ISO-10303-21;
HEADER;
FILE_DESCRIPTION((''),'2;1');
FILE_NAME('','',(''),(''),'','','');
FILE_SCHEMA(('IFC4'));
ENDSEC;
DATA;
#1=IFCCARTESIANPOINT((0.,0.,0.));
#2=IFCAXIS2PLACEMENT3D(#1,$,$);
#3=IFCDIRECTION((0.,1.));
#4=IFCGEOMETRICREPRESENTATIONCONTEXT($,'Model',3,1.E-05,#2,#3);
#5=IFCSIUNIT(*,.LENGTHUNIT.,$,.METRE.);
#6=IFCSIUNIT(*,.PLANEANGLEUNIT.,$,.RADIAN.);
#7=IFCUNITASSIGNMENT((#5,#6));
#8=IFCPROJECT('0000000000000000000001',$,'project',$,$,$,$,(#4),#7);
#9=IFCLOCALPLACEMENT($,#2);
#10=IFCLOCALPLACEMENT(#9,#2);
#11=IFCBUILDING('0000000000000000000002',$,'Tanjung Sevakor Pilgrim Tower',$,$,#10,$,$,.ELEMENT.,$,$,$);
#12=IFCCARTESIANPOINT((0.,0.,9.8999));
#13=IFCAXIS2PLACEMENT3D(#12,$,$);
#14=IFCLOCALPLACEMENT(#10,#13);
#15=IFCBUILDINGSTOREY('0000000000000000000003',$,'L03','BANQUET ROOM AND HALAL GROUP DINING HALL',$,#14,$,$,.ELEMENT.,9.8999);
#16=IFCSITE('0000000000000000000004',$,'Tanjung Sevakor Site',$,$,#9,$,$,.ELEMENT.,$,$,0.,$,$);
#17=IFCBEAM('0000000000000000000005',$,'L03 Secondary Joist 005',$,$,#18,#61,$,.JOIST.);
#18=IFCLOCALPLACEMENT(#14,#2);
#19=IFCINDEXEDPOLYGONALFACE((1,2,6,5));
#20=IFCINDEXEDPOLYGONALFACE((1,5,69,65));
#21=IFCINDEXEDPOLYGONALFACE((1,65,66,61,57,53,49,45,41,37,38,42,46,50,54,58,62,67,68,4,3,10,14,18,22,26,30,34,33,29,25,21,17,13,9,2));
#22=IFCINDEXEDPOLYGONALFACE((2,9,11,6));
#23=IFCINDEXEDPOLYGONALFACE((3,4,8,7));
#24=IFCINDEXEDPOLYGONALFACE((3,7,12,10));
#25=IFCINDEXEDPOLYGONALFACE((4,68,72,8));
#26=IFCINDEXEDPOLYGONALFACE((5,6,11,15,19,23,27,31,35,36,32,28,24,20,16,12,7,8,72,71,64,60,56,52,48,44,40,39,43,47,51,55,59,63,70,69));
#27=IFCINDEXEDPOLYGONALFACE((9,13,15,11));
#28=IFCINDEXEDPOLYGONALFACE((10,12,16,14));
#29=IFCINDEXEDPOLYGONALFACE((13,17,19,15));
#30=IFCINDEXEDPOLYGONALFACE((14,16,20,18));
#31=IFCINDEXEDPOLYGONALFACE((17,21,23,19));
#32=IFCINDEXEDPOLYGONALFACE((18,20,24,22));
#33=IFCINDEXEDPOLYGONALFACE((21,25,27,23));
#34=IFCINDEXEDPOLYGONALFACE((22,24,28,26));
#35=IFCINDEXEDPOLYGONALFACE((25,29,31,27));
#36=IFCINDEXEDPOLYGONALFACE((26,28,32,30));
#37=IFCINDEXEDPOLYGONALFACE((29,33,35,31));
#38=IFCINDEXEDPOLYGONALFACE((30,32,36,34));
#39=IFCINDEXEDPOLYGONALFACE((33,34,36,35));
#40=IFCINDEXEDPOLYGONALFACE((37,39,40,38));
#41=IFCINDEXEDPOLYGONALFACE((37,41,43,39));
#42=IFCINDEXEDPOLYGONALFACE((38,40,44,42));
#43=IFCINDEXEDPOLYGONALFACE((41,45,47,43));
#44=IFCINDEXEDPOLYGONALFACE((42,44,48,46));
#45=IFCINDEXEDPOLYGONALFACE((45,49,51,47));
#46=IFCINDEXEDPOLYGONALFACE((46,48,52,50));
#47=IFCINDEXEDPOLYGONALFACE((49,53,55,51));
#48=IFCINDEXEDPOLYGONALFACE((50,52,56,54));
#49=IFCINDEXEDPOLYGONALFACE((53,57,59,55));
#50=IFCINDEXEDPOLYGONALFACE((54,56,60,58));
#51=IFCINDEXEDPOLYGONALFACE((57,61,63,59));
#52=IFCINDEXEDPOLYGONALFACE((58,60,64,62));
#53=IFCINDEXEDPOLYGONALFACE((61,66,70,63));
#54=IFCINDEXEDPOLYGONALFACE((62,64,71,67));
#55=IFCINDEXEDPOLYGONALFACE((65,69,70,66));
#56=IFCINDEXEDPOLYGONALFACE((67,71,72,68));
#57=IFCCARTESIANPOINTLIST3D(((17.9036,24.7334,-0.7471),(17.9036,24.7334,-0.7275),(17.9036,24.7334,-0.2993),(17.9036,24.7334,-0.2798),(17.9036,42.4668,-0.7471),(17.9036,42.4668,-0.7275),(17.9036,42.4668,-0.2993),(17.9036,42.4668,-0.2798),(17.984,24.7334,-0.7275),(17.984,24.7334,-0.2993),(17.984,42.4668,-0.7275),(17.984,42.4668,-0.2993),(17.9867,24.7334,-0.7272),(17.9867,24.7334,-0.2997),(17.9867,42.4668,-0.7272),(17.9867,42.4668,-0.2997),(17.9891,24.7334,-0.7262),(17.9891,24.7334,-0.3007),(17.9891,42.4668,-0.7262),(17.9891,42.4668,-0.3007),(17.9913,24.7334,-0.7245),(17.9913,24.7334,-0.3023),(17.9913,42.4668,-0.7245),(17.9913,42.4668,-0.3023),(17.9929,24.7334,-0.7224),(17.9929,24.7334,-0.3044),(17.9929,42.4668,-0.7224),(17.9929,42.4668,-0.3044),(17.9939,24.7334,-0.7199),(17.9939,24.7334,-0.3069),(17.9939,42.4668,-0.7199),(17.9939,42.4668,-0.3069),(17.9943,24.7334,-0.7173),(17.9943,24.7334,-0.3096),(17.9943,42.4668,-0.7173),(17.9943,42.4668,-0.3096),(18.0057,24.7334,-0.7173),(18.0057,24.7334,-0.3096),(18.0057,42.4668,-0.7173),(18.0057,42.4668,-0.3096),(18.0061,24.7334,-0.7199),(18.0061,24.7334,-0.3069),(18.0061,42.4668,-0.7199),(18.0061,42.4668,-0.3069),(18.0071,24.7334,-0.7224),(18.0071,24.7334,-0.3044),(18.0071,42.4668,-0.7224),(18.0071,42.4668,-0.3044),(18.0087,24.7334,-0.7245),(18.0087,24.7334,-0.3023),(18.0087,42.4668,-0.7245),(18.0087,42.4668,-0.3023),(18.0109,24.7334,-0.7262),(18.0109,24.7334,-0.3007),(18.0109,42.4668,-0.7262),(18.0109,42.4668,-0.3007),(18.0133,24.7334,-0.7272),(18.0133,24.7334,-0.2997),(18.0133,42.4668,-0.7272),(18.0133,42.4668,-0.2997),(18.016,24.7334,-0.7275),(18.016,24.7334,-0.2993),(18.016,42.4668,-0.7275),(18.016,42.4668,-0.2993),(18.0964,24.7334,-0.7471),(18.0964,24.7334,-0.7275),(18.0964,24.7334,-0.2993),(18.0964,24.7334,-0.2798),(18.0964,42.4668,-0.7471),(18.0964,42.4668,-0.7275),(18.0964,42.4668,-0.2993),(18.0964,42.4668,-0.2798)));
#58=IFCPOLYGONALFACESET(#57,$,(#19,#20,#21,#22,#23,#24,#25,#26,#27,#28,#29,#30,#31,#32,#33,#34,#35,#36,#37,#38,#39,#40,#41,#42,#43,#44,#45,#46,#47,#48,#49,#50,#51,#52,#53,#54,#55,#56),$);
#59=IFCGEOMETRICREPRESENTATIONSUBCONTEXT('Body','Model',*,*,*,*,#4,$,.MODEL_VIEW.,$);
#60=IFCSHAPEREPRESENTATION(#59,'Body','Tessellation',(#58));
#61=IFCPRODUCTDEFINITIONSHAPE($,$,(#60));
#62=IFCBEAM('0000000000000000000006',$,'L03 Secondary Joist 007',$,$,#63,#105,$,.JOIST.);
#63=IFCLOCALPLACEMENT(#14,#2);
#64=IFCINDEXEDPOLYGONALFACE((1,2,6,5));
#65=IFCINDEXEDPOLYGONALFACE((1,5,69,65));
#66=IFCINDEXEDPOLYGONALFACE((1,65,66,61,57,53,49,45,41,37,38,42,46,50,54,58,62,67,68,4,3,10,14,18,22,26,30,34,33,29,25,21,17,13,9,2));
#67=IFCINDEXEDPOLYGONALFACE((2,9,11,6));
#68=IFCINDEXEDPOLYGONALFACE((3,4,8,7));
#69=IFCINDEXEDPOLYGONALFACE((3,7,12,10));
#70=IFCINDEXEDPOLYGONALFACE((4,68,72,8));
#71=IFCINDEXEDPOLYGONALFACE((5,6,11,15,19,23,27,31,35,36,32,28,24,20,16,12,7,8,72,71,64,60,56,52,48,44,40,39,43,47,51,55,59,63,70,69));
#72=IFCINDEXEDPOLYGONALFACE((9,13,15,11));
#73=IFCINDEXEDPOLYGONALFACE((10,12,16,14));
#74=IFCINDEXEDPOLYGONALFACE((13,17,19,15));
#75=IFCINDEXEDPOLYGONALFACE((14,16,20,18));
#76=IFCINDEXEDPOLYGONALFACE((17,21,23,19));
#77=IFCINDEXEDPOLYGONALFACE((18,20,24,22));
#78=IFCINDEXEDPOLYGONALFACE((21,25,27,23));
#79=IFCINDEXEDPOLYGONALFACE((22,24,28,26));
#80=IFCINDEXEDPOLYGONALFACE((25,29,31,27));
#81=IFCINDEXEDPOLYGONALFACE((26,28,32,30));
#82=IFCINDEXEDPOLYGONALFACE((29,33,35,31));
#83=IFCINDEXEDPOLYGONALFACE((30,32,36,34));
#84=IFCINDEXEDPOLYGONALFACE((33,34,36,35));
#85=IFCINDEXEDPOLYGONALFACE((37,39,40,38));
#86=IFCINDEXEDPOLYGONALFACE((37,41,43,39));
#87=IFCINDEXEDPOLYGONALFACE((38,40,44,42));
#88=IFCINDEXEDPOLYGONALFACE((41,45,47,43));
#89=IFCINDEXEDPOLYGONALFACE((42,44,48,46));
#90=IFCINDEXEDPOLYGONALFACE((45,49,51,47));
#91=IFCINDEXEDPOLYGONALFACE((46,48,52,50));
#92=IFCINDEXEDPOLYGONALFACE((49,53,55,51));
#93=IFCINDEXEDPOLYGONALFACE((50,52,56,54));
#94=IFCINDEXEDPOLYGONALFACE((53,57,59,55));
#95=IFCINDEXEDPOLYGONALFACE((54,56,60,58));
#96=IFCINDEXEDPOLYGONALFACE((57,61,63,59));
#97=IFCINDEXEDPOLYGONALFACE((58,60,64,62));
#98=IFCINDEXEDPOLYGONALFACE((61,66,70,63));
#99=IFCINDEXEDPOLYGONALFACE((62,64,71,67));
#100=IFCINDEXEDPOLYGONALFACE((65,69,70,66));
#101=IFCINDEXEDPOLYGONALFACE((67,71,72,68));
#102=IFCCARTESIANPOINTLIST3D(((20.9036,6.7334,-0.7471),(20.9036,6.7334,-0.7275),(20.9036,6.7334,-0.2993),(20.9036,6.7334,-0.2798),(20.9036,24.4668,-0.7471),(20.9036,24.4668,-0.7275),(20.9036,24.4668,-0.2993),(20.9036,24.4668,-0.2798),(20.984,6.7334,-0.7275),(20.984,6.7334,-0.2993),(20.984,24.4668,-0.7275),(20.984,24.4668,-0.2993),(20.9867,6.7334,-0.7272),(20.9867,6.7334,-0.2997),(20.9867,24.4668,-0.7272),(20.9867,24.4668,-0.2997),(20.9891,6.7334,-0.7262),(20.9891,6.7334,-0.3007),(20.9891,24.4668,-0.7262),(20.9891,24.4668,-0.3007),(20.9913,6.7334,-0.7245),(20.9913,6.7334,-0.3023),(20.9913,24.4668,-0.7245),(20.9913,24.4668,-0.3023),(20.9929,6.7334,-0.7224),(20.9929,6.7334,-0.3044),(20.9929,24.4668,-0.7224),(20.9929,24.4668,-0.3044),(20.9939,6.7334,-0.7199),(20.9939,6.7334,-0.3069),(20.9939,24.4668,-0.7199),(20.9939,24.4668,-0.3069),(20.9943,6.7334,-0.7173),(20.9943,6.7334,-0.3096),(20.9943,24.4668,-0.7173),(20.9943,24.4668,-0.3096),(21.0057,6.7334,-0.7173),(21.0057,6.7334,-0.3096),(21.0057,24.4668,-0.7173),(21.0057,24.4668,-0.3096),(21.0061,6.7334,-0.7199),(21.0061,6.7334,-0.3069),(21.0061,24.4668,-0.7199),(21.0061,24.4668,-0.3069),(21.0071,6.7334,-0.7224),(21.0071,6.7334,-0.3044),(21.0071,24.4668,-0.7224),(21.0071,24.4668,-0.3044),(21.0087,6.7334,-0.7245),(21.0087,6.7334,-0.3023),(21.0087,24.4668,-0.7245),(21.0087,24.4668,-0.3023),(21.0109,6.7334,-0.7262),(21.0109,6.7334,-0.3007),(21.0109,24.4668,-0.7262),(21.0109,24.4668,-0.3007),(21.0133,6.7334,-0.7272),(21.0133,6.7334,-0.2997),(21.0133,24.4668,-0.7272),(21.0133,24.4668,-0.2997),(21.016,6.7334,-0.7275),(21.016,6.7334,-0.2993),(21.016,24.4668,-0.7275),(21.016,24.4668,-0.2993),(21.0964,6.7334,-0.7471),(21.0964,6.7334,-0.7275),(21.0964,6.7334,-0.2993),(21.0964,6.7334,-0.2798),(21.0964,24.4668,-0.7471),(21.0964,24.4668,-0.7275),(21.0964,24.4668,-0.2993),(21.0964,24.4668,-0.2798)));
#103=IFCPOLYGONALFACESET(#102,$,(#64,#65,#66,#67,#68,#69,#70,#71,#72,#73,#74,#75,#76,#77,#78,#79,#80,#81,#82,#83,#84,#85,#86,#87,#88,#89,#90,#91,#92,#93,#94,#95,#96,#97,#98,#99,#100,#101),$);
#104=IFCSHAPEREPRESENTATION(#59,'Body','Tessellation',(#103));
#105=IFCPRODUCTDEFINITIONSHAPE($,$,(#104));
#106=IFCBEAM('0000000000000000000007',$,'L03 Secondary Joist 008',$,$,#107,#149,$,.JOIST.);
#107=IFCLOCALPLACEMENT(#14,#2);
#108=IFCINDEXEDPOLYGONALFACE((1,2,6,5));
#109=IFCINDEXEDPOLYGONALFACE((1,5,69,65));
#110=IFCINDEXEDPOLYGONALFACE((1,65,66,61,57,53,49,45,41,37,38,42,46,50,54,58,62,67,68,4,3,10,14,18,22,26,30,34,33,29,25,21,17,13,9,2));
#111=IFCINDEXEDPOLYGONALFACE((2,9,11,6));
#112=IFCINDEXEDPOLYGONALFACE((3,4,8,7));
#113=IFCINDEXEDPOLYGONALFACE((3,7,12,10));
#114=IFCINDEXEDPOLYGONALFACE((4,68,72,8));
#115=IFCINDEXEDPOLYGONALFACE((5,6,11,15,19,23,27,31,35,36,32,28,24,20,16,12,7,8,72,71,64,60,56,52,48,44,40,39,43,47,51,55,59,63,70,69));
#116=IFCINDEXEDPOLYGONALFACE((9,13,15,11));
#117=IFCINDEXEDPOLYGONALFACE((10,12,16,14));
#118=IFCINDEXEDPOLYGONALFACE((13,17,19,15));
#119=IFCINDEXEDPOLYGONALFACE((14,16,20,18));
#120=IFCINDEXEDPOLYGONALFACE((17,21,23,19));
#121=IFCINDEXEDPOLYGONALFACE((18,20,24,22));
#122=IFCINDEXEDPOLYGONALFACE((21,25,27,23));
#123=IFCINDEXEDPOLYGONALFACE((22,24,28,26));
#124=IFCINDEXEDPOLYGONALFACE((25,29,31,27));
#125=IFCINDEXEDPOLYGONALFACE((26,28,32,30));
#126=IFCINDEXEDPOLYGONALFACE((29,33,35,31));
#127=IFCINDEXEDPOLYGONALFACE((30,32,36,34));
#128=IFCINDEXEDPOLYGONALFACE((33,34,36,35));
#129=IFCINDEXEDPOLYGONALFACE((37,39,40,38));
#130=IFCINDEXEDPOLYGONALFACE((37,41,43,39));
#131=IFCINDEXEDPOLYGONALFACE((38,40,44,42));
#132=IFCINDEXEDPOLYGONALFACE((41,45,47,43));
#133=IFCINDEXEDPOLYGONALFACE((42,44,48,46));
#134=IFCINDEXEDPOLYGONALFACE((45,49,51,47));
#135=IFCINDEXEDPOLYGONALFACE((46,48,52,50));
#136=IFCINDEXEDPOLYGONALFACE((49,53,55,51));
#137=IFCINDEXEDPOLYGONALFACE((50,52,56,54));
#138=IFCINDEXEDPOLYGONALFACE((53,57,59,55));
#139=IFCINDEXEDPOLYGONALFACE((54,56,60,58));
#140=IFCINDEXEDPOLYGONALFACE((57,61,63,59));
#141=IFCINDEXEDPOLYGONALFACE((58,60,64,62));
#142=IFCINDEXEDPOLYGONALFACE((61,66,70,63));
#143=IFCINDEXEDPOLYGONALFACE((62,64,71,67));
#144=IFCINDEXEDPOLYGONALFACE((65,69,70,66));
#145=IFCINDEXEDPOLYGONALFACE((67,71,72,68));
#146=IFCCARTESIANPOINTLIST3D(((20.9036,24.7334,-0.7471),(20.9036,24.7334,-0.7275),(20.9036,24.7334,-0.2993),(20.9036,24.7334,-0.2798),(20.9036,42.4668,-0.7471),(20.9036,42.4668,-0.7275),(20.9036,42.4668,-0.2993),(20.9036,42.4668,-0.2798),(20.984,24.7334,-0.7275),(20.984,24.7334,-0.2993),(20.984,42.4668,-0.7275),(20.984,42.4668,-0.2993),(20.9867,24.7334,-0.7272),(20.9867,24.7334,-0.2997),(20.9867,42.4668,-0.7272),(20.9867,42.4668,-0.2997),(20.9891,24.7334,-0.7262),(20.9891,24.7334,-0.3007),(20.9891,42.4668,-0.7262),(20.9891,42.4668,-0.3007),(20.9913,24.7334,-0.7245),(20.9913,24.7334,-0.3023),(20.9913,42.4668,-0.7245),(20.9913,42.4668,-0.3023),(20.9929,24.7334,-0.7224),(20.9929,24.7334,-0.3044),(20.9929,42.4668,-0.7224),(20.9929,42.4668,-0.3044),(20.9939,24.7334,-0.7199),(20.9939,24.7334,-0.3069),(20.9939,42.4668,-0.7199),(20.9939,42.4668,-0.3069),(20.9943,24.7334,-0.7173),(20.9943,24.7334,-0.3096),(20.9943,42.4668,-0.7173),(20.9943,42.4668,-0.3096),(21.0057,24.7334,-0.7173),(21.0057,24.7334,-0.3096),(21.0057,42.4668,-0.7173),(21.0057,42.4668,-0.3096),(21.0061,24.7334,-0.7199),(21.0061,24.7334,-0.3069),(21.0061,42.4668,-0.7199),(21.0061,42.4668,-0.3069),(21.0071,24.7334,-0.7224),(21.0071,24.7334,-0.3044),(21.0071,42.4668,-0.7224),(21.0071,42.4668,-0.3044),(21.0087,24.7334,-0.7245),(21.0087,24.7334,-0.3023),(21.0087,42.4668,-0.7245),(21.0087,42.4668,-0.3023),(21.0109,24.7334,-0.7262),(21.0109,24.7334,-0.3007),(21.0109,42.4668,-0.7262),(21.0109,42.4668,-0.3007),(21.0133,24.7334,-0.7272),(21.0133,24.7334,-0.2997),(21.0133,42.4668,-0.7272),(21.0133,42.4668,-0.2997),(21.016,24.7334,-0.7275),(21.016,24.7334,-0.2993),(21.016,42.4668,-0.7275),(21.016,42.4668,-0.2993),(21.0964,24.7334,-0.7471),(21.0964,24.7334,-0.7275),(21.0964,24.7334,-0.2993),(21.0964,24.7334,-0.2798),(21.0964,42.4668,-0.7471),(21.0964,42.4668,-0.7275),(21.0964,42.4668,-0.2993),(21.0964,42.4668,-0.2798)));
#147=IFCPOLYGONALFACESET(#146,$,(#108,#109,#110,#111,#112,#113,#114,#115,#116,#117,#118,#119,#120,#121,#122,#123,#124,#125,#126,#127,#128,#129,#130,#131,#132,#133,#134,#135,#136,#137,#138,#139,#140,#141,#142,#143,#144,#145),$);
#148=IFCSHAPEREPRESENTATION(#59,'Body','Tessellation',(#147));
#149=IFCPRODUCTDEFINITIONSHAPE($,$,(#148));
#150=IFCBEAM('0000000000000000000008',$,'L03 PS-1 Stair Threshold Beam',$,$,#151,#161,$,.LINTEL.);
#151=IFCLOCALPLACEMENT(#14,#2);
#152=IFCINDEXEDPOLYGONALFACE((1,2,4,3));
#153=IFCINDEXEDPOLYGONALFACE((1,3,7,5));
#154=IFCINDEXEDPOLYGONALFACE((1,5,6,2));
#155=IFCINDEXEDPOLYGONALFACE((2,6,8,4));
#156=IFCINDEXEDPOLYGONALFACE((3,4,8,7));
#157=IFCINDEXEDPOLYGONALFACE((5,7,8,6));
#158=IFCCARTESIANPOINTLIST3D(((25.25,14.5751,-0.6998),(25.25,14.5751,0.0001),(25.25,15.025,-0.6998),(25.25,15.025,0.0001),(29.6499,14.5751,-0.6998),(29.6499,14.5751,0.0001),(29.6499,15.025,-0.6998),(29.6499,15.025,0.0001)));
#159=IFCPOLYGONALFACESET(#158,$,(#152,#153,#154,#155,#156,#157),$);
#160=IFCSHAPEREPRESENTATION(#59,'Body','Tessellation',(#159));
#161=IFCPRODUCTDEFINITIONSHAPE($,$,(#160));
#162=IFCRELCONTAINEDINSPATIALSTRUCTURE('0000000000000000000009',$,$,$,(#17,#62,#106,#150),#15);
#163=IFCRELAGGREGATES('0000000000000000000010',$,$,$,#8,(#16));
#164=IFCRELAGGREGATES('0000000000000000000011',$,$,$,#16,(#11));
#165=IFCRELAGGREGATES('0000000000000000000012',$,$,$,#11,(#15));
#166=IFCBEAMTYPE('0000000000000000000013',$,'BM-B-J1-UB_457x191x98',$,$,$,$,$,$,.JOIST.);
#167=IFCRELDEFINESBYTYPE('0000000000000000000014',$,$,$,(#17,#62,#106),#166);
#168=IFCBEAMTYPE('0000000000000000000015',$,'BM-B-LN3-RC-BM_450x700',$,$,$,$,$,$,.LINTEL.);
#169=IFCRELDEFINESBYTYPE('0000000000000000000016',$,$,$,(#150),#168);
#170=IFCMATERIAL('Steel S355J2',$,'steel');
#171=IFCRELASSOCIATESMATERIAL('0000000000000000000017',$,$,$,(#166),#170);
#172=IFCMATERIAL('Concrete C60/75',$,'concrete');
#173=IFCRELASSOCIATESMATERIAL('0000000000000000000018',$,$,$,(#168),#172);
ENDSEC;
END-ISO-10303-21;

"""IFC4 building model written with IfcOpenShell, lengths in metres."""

from ifc_helpers import new_model, si_unit, direction, frame, origin, origin_2d, place, context, subcontext, project, spatial, rectangle, i_section, extrude, material, material_profile, profile_set, type_object, element, save


model = new_model("IFC4")

# Units and contexts
model_context = context("Model", 3, precision=1e-05, world=origin(), true_north=direction((0.0, 1.0)))
body_context = subcontext(model_context, "Body", "Model", "MODEL_VIEW")
ifc_project = project(units=[si_unit("LENGTHUNIT", "METRE"), si_unit("PLANEANGLEUNIT", "RADIAN")], contexts=[model_context])

# Site, building, storey
site_placement = place(None, origin())
site = spatial("IfcSite", under=ifc_project, at=site_placement, Name="Tanjung Sevakor Site", CompositionType="ELEMENT", RefElevation=0.0)
building_placement = place(site_placement, origin())
building = spatial("IfcBuilding", under=site, at=building_placement, Name="Tanjung Sevakor Pilgrim Tower", CompositionType="ELEMENT")
storey_placement = place(building_placement, frame((0.0, 0.0, 9.8999)))
storey = spatial("IfcBuildingStorey", under=building, at=storey_placement, Name="L03", Description="BANQUET ROOM AND HALAL GROUP DINING HALL", CompositionType="ELEMENT", Elevation=9.8999)

# Beams
ifc_material_1 = material(Name="Steel S355J2", Category="steel")
ifc_material_profile_1 = material_profile(ifc_material_1, i_section(OverallWidth=0.1929, OverallDepth=0.4673, WebThickness=0.0115, FlangeThickness=0.0195, FilletRadius=0.0103, at=origin_2d()))
ifc_profile_set_1 = profile_set([ifc_material_profile_1], Name="Steel S355J2")
beam_type_1 = type_object("IfcBeamType", Name="BM-B-J1-UB_457x191x98", PredefinedType="JOIST", material=ifc_profile_set_1)
for number, where, z_axis, x_axis, name in (
    (1, (18.0, 24.7334, -0.5134), (0.0, 1.0, 0.0), (-1.0, 0.0, 0.0), "L03 Secondary Joist 005"),
    (2, (21.0, 6.7334, -0.5134), (0.0, 1.0, 0.0), (-1.0, 0.0, 0.0), "L03 Secondary Joist 007"),
    (3, (21.0, 24.7334, -0.5134), (0.0, 1.0, 0.0), (-1.0, 0.0, 0.0), "L03 Secondary Joist 008"),
):
    element("IfcBeam", number, at=place(storey_placement, frame(where, z_axis=z_axis, x_axis=x_axis)), inside=storey, type_object=beam_type_1, Name=name, PredefinedType="JOIST", context=body_context, shape_type="SweptSolid", body=[
        extrude(i_section(OverallWidth=0.1929, OverallDepth=0.4673, WebThickness=0.0115, FlangeThickness=0.0195, FilletRadius=0.0103, at=origin_2d()), origin(), (0.0, 0.0, 1.0), 17.7334),
    ])
ifc_material_2 = material(Name="Concrete C60/75", Category="concrete")
ifc_material_profile_2 = material_profile(ifc_material_2, rectangle(XDim=0.45, YDim=0.7, at=origin_2d()))
ifc_profile_set_2 = profile_set([ifc_material_profile_2], Name="Concrete C60/75")
beam_type_2 = type_object("IfcBeamType", Name="BM-B-LN3-RC-BM_450x700", PredefinedType="LINTEL", material=ifc_profile_set_2)
beam_placement = place(storey_placement, frame((25.25, 14.8, -0.3499), z_axis=(1.0, 0.0, 0.0), x_axis=(0.0, 1.0, 0.0)))
element("IfcBeam", 4, at=beam_placement, inside=storey, type_object=beam_type_2, Name="L03 PS-1 Stair Threshold Beam", PredefinedType="LINTEL", context=body_context, shape_type="SweptSolid", body=[
    extrude(rectangle(XDim=0.45, YDim=0.7, at=origin_2d()), origin(), (0.0, 0.0, 1.0), 4.3999),
])

save(model, "model.ifc")
